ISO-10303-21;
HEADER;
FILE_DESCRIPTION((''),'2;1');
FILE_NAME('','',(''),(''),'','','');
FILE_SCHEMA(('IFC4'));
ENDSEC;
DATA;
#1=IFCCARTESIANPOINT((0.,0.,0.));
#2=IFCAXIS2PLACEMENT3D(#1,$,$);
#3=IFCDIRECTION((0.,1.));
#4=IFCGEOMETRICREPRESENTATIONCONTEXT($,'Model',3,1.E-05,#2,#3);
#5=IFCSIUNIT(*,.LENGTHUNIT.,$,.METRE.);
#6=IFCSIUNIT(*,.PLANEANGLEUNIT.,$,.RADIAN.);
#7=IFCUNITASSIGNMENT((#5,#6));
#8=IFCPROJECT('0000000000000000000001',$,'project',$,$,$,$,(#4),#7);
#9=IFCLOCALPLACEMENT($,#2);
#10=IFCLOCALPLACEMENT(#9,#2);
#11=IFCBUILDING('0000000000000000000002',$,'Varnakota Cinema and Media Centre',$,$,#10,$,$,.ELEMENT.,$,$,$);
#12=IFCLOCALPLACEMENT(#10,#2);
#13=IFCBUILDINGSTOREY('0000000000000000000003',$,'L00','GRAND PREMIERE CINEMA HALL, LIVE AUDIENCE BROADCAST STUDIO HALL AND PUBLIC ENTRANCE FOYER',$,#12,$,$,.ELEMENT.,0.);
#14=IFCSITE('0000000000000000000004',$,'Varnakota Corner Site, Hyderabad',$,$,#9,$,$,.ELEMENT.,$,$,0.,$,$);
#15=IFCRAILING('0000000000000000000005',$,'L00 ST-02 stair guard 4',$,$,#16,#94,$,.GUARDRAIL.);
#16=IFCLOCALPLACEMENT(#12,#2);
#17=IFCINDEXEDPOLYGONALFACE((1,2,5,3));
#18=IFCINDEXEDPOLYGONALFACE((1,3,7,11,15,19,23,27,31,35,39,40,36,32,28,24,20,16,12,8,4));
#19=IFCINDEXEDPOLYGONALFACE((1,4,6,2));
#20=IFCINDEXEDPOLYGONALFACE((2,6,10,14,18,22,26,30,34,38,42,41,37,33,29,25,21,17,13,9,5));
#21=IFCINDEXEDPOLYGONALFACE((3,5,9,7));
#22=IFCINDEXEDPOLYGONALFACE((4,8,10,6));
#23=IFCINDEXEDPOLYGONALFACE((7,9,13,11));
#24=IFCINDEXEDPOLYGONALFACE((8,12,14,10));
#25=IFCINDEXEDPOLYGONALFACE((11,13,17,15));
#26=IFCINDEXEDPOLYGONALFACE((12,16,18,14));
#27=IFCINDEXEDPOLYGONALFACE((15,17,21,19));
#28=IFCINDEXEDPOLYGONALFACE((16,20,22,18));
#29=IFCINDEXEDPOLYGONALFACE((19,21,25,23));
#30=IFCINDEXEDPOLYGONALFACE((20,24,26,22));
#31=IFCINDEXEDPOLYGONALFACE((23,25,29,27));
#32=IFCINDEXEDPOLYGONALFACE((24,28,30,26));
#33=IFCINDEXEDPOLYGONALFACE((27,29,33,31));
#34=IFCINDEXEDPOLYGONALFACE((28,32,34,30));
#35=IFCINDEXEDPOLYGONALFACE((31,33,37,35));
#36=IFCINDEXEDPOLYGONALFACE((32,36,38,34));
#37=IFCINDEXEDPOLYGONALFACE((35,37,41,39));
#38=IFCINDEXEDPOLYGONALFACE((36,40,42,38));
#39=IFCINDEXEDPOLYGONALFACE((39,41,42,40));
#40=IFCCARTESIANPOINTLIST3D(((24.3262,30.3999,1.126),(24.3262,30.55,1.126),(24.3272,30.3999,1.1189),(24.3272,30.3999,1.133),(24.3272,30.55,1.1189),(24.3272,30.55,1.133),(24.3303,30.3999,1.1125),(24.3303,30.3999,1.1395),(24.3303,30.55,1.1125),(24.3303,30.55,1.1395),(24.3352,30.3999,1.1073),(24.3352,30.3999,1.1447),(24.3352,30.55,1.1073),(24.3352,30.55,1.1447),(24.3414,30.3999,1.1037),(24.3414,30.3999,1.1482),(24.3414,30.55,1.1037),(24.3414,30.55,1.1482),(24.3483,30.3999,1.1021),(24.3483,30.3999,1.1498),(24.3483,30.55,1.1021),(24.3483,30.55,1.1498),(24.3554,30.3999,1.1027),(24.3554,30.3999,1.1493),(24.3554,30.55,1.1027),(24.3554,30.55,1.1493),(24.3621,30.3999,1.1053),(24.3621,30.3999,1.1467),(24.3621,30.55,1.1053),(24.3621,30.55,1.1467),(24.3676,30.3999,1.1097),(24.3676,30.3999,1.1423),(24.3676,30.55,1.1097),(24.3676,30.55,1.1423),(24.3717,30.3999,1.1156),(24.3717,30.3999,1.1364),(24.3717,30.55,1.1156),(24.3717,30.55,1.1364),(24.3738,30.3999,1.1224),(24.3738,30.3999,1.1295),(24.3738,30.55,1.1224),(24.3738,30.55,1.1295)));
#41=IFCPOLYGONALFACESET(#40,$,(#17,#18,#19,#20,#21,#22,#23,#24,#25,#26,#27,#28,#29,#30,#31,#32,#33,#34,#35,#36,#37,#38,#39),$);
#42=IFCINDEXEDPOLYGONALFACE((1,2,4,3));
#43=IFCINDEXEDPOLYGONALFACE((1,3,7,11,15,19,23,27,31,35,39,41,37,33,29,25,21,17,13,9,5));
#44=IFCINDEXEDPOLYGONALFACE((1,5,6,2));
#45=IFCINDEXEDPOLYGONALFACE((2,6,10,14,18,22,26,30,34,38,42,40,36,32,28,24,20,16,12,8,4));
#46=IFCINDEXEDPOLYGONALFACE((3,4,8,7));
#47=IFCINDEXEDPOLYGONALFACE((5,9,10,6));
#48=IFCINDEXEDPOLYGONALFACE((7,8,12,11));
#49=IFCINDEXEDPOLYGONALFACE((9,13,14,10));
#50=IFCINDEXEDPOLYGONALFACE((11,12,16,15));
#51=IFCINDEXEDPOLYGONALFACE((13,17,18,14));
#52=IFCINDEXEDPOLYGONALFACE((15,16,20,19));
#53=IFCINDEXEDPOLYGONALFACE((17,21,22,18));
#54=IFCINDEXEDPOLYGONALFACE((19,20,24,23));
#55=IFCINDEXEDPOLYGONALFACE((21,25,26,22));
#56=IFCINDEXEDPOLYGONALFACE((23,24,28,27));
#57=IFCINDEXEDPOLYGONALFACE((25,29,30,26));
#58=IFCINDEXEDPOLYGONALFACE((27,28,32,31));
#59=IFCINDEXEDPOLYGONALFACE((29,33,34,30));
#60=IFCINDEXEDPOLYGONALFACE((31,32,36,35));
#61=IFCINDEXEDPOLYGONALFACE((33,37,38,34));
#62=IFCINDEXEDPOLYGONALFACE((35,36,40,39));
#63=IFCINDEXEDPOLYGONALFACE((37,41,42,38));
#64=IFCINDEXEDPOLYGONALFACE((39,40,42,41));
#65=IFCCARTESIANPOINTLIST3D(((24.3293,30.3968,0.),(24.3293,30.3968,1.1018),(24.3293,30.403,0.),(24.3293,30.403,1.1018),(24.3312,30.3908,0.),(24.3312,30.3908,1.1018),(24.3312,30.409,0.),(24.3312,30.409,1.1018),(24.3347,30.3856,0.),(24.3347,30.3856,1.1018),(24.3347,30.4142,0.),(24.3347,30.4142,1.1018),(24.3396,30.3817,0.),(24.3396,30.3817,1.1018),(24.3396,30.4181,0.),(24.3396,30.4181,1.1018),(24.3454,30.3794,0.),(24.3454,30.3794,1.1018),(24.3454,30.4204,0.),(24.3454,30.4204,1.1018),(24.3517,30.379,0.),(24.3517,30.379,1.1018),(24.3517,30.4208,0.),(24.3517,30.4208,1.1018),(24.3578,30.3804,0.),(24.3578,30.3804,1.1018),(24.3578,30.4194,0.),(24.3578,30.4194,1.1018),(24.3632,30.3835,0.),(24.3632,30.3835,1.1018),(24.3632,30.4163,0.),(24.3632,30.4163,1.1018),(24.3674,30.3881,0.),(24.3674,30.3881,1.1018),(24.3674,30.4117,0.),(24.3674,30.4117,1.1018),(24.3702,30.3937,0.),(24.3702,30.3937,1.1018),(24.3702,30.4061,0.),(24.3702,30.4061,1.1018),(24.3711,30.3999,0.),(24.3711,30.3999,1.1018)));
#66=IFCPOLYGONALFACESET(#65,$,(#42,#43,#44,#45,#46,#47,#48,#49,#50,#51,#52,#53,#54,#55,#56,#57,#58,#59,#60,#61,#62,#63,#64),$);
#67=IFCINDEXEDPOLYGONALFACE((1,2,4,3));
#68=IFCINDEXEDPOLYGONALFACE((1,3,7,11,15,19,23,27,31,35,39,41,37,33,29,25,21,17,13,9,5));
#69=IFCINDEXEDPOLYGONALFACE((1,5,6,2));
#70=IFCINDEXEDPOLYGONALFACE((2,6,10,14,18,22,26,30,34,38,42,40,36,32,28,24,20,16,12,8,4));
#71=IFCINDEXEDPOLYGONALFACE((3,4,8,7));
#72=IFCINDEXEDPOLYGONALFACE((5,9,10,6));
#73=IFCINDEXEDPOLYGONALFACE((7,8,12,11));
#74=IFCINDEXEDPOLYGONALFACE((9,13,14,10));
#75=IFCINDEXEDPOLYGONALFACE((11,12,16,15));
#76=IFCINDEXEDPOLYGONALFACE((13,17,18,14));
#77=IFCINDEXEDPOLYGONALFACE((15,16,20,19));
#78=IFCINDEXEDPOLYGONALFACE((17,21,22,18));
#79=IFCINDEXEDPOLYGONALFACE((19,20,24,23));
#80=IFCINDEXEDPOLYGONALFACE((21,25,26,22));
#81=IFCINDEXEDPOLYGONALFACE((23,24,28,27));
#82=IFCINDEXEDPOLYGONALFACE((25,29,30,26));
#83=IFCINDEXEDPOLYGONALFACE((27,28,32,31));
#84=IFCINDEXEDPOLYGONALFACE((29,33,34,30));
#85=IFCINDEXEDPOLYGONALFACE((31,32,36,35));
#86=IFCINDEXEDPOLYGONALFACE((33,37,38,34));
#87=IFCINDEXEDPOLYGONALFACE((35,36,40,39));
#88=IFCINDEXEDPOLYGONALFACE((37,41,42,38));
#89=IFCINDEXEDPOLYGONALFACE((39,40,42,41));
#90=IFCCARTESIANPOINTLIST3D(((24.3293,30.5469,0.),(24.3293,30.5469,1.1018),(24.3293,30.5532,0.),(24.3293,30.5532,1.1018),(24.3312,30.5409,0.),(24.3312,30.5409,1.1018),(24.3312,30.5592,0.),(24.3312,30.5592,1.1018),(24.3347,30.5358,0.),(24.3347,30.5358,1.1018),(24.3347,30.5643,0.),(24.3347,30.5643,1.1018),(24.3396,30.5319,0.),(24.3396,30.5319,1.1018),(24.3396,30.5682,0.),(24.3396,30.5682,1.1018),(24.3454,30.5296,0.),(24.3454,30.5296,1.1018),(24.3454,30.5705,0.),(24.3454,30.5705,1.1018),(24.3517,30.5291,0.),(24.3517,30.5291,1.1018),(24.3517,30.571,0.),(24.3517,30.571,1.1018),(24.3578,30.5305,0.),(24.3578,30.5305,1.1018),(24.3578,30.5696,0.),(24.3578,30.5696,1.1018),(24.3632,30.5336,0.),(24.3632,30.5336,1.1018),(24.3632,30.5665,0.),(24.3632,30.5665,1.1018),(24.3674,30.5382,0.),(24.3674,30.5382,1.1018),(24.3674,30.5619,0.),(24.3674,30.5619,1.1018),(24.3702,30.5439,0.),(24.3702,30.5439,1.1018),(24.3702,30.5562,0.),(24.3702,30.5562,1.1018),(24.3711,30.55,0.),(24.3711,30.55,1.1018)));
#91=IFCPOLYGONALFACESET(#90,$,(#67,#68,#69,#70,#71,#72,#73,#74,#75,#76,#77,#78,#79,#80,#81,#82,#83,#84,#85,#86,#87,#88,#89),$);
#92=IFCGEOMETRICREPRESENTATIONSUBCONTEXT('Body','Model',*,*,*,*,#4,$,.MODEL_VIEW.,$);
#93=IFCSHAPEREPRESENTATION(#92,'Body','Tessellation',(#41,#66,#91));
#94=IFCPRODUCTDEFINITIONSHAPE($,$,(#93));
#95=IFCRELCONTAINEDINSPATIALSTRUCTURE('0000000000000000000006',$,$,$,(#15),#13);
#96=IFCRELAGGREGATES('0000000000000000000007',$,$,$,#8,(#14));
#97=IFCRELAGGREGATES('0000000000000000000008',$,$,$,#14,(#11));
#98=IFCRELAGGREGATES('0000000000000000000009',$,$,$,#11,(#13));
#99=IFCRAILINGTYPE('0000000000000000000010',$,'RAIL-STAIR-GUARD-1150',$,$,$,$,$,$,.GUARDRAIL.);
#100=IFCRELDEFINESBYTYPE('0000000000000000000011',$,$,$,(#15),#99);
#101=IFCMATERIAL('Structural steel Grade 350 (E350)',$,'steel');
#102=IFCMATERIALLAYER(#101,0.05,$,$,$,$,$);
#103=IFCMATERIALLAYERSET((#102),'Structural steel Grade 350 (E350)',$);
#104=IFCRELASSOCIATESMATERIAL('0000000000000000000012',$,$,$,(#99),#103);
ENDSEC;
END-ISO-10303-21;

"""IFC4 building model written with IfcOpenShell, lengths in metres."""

from ifc_helpers import new_model, si_unit, direction, frame, origin, origin_2d, place, context, subcontext, project, spatial, circle, extrude, material, layer, layer_set, type_object, element, save


model = new_model("IFC4")

# Units and contexts
model_context = context("Model", 3, precision=1e-05, world=origin(), true_north=direction((0.0, 1.0)))
body_context = subcontext(model_context, "Body", "Model", "MODEL_VIEW")
ifc_project = project(units=[si_unit("LENGTHUNIT", "METRE"), si_unit("PLANEANGLEUNIT", "RADIAN")], contexts=[model_context])

# Site, building, storey
site_placement = place(None, origin())
site = spatial("IfcSite", under=ifc_project, at=site_placement, Name="Varnakota Corner Site, Hyderabad", CompositionType="ELEMENT", RefElevation=0.0)
building_placement = place(site_placement, origin())
building = spatial("IfcBuilding", under=site, at=building_placement, Name="Varnakota Cinema and Media Centre", CompositionType="ELEMENT")
storey_placement = place(building_placement, origin())
storey = spatial("IfcBuildingStorey", under=building, at=storey_placement, Name="L00", Description="GRAND PREMIERE CINEMA HALL, LIVE AUDIENCE BROADCAST STUDIO HALL AND PUBLIC ENTRANCE FOYER", CompositionType="ELEMENT", Elevation=0.0)

# Railing
ifc_material_1 = material(Name="Structural steel Grade 350 (E350)", Category="steel")
ifc_layer_1 = layer(ifc_material_1, 0.05)
ifc_layer_set_1 = layer_set([ifc_layer_1], Name="Structural steel Grade 350 (E350)")
railing_type_1 = type_object("IfcRailingType", Name="RAIL-STAIR-GUARD-1150", PredefinedType="GUARDRAIL", material=ifc_layer_set_1)
railing_1_placement = place(storey_placement, frame((24.3501, 30.3999, 0.0)))
element("IfcRailing", 1, at=railing_1_placement, inside=storey, type_object=railing_type_1, Name="L00 ST-02 stair guard 4", PredefinedType="GUARDRAIL", context=body_context, shape_type="SweptSolid", body=[
    extrude(circle(Radius=0.0239, at=origin_2d()), frame((0.0, 0.0, 1.126), z_axis=(0.0, 1.0, 0.0), x_axis=(-1.0, 0.0, 0.0)), (0.0, 0.0, 1.0), 0.1501),
    extrude(circle(Radius=0.021, at=origin_2d()), origin(), (0.0, 0.0, 1.0), 1.1018),
    extrude(circle(Radius=0.021, at=origin_2d()), frame((0.0, 0.1501, 0.0)), (0.0, 0.0, 1.0), 1.1018),
])

save(model, "model.ifc")
